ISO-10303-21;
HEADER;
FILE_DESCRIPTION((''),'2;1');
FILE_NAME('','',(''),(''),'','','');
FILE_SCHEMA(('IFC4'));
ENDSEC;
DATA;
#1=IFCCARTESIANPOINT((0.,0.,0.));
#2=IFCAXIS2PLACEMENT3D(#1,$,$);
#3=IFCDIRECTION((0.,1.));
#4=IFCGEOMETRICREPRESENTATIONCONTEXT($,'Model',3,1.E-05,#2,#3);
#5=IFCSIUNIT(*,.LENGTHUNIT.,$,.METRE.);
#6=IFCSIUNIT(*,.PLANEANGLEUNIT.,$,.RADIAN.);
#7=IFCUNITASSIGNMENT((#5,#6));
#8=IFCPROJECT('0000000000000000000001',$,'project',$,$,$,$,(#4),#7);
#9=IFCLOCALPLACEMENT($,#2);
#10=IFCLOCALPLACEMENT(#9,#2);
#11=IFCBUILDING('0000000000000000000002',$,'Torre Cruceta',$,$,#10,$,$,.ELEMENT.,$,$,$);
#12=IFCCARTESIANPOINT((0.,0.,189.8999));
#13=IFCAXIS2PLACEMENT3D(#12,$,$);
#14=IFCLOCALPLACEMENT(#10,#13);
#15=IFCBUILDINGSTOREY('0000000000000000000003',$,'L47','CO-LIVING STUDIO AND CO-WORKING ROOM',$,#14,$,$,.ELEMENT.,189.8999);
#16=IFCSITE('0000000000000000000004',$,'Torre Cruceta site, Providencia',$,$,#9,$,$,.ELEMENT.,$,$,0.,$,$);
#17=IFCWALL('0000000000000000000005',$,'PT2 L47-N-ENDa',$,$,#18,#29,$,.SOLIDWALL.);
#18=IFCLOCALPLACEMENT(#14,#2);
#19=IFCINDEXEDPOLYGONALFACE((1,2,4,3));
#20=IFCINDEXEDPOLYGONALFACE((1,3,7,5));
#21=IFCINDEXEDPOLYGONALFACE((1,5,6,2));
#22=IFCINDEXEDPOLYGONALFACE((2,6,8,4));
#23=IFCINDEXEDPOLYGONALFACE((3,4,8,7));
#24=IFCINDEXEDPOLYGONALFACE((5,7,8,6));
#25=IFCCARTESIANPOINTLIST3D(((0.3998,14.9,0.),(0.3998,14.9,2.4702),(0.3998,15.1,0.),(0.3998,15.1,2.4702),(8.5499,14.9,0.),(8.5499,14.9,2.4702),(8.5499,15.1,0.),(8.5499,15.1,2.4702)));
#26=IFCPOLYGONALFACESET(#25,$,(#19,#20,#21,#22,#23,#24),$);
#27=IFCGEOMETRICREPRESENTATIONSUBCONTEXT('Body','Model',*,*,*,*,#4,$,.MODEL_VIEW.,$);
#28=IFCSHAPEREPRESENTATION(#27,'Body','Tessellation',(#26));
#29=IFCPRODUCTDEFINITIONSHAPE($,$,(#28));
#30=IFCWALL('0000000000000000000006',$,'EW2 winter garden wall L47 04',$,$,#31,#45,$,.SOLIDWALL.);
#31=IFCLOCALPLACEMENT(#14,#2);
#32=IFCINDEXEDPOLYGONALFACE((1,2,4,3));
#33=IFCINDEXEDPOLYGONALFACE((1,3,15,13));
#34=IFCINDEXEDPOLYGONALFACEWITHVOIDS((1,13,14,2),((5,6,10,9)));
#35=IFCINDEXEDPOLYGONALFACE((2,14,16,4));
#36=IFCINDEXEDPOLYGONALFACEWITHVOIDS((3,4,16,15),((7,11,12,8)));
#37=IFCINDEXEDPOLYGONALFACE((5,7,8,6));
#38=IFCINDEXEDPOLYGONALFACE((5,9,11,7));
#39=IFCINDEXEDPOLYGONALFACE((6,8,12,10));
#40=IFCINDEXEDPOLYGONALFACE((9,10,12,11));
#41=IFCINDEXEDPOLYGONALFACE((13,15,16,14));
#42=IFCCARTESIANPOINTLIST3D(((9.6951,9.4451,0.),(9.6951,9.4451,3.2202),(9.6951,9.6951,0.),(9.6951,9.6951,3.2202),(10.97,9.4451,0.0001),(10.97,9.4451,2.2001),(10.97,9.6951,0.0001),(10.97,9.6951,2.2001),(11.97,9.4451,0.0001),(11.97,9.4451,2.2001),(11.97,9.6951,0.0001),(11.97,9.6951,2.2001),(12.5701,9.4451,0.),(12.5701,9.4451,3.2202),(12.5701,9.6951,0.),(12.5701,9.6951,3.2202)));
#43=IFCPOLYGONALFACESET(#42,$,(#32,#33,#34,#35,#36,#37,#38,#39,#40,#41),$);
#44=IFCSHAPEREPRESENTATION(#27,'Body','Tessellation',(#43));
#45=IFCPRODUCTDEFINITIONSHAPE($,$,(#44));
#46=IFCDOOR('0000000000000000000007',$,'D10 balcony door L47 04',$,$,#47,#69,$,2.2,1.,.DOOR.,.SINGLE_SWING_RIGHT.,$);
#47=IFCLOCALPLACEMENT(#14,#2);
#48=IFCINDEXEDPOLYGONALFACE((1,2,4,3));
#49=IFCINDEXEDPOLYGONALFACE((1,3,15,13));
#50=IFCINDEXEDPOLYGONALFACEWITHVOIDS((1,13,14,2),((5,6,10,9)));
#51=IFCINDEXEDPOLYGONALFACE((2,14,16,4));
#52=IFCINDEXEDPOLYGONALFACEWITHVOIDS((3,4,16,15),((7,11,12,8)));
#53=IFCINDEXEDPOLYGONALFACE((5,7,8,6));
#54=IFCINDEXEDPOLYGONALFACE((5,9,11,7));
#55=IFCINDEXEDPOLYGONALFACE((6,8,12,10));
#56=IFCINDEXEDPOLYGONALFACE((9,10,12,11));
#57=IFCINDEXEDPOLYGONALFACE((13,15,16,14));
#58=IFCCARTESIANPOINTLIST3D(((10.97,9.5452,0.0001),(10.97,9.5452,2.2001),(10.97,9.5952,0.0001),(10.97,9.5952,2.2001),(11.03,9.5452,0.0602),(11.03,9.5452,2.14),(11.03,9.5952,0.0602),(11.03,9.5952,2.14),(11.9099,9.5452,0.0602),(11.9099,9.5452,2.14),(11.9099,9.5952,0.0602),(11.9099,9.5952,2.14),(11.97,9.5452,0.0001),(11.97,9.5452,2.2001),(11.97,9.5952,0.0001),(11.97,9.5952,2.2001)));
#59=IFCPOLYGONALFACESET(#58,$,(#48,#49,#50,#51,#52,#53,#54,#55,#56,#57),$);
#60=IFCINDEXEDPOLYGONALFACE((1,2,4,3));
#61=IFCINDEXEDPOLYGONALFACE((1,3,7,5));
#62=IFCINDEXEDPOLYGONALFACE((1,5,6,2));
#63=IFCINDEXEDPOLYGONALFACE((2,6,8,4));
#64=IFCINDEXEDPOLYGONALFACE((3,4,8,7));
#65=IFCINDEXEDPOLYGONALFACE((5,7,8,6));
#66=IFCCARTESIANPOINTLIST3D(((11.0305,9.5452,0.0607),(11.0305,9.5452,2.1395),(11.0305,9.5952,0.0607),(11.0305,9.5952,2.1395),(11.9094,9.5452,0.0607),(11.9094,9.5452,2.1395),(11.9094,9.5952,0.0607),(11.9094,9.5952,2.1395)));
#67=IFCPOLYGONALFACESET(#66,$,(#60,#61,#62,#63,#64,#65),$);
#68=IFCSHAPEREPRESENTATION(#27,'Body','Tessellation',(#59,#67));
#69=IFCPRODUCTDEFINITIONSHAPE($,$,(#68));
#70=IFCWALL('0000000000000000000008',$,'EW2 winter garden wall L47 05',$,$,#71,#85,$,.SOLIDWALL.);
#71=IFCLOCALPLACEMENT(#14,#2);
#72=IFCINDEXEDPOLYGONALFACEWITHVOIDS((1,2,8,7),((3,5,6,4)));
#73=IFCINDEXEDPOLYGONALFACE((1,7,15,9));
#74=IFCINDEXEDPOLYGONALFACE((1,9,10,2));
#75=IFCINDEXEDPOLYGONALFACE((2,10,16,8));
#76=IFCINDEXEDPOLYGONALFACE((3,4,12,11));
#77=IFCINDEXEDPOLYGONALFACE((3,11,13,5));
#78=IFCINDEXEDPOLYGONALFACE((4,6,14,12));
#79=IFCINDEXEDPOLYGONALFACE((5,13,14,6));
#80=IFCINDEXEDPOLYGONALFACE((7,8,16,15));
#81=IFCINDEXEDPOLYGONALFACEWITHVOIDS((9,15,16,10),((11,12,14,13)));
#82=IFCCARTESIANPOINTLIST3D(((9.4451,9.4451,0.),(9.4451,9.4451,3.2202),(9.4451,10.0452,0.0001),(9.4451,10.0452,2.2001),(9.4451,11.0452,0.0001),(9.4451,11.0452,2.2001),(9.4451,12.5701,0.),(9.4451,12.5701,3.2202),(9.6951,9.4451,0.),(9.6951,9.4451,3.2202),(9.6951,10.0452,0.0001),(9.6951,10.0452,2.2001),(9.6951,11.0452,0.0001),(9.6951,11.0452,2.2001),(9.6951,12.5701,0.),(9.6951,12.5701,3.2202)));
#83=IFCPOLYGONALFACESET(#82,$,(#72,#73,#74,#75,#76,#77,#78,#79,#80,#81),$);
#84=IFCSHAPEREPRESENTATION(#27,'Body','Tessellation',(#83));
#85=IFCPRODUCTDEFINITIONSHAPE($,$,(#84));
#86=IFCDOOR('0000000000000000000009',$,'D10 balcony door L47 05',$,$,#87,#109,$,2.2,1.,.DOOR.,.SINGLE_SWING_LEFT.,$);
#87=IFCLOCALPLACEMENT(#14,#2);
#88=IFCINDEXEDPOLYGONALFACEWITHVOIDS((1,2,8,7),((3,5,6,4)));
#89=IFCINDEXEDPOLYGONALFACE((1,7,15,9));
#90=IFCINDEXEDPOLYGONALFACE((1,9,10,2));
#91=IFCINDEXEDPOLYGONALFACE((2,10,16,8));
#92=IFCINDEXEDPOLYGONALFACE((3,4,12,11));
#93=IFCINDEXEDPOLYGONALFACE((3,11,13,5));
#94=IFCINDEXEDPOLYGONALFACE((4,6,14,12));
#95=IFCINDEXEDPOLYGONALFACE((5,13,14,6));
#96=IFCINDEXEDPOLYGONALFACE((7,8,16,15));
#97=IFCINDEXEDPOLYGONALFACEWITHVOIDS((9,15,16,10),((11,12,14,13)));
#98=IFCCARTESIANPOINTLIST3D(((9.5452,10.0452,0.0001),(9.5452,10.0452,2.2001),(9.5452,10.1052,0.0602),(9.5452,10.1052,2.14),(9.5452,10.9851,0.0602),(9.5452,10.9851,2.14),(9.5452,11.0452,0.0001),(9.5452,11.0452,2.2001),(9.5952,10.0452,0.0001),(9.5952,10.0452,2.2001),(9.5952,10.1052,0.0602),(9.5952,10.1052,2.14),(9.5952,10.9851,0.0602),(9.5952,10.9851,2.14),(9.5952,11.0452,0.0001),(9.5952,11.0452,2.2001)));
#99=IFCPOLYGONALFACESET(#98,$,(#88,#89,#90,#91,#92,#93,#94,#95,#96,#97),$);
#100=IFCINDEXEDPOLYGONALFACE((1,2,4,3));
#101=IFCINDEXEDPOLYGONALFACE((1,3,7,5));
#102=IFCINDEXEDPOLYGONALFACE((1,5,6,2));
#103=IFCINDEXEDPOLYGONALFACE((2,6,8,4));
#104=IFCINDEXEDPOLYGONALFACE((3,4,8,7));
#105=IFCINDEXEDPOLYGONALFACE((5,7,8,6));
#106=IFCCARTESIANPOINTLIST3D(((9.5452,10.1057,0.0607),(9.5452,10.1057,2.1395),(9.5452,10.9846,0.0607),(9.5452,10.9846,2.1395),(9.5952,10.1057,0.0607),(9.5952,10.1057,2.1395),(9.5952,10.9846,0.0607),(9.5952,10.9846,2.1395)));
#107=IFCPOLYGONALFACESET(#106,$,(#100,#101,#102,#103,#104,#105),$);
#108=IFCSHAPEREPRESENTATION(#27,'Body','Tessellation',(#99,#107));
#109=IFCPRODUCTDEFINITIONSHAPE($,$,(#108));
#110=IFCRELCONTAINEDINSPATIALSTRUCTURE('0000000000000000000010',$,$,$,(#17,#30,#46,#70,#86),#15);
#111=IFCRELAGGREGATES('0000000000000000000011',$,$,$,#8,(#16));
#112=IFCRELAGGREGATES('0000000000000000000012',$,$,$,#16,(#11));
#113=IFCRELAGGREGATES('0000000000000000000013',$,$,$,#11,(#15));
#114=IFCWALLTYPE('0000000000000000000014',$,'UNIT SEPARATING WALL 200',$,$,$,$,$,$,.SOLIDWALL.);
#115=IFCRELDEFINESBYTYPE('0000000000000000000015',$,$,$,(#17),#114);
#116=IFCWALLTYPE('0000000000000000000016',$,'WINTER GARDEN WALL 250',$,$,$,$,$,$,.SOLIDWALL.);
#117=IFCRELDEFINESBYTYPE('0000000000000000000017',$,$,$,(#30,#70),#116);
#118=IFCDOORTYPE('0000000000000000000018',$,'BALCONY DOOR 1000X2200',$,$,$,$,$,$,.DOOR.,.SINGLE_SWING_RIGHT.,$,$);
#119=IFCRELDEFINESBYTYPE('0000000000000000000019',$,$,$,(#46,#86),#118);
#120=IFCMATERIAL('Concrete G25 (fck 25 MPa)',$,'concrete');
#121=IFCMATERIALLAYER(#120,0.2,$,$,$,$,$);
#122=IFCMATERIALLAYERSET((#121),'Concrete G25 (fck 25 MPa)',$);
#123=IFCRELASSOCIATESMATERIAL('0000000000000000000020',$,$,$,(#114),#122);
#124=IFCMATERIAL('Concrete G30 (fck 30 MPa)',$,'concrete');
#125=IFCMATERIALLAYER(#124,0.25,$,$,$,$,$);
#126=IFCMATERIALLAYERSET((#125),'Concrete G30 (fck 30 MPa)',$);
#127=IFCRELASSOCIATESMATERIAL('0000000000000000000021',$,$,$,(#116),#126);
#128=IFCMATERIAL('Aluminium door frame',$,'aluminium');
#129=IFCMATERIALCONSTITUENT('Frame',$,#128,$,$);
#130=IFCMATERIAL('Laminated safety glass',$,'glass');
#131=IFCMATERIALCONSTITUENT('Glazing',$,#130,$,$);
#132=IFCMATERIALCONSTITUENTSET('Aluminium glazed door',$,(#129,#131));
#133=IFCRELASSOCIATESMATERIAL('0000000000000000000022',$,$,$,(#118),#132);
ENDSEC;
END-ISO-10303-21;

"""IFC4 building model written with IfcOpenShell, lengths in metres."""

from ifc_helpers import new_model, si_unit, direction, frame, frame_2d, origin, place, context, subcontext, project, spatial, rectangle, hollow_rectangle, extrude, material, layer, layer_set, constituent, constituent_set, type_object, element, fill, save


model = new_model("IFC4")

# Units and contexts
model_context = context("Model", 3, precision=1e-05, world=origin(), true_north=direction((0.0, 1.0)))
body_context = subcontext(model_context, "Body", "Model", "MODEL_VIEW")
ifc_project = project(units=[si_unit("LENGTHUNIT", "METRE"), si_unit("PLANEANGLEUNIT", "RADIAN")], contexts=[model_context])

# Site, building, storey
site_placement = place(None, origin())
site = spatial("IfcSite", under=ifc_project, at=site_placement, Name="Torre Cruceta site, Providencia", CompositionType="ELEMENT", RefElevation=0.0)
building_placement = place(site_placement, origin())
building = spatial("IfcBuilding", under=site, at=building_placement, Name="Torre Cruceta", CompositionType="ELEMENT")
storey_placement = place(building_placement, frame((0.0, 0.0, 189.8999)))
storey = spatial("IfcBuildingStorey", under=building, at=storey_placement, Name="L47", Description="CO-LIVING STUDIO AND CO-WORKING ROOM", CompositionType="ELEMENT", Elevation=189.8999)

# Wall
ifc_material_1 = material(Name="Concrete G25 (fck 25 MPa)", Category="concrete")
ifc_layer_1 = layer(ifc_material_1, 0.2)
ifc_layer_set_1 = layer_set([ifc_layer_1], Name="Concrete G25 (fck 25 MPa)")
wall_type_1 = type_object("IfcWallType", Name="UNIT SEPARATING WALL 200", PredefinedType="SOLIDWALL", material=ifc_layer_set_1)
wall_1_placement = place(storey_placement, frame((8.55, 15.0, 0.0), z_axis=(0.0, 0.0, 1.0), x_axis=(-1.0, 0.0, 0.0)))
element("IfcWall", 1, at=wall_1_placement, inside=storey, type_object=wall_type_1, Name="PT2 L47-N-ENDa", PredefinedType="SOLIDWALL", context=body_context, shape_type="SweptSolid", body=[
    extrude(rectangle(XDim=8.1501, YDim=0.2, at=frame_2d((4.0752, 0.0))), origin(), (0.0, 0.0, 1.0), 2.4702),
])

# Walls, openings, doors
ifc_material_2 = material(Name="Concrete G30 (fck 30 MPa)", Category="concrete")
ifc_layer_2 = layer(ifc_material_2, 0.25)
ifc_layer_set_2 = layer_set([ifc_layer_2], Name="Concrete G30 (fck 30 MPa)")
wall_type_2 = type_object("IfcWallType", Name="WINTER GARDEN WALL 250", PredefinedType="SOLIDWALL", material=ifc_layer_set_2)
wall_2_placement = place(storey_placement, frame((12.5701, 9.5701, 0.0), z_axis=(0.0, 0.0, 1.0), x_axis=(-1.0, 0.0, 0.0)))
wall_2 = element("IfcWall", 2, at=wall_2_placement, inside=storey, type_object=wall_type_2, Name="EW2 winter garden wall L47 04", PredefinedType="SOLIDWALL", context=body_context, shape_type="SweptSolid", body=[
    extrude(rectangle(XDim=2.875, YDim=0.25, at=frame_2d((1.4375, 0.0))), origin(), (0.0, 0.0, 1.0), 3.2202),
])
opening_1_placement = place(wall_2_placement, frame((0.6001, 0.0, 0.0)))
opening_1 = element("IfcOpeningElement", 3, at=opening_1_placement, cuts=wall_2, PredefinedType="OPENING", context=body_context, shape_type="SweptSolid", body=[
    extrude(rectangle(XDim=1.0, YDim=2.2, at=frame_2d((0.5, 1.1001))), frame((0.0, 0.135, 0.0), z_axis=(0.0, -1.0, 0.0), x_axis=(1.0, 0.0, 0.0)), (0.0, 0.0, 1.0), 0.27),
])
ifc_material_3 = material(Name="Aluminium door frame", Category="aluminium")
ifc_constituent_1 = constituent(ifc_material_3, Name="Frame")
ifc_material_4 = material(Name="Laminated safety glass", Category="glass")
ifc_constituent_2 = constituent(ifc_material_4, Name="Glazing")
ifc_constituent_set_1 = constituent_set(constituents=[ifc_constituent_1, ifc_constituent_2], Name="Aluminium glazed door")
door_type = type_object("IfcDoorType", Name="BALCONY DOOR 1000X2200", OperationType="SINGLE_SWING_RIGHT", PredefinedType="DOOR", material=ifc_constituent_set_1)
door_1_placement = place(opening_1_placement, origin())
door_1 = element("IfcDoor", 4, at=door_1_placement, inside=storey, type_object=door_type, Name="D10 balcony door L47 04", OperationType="SINGLE_SWING_RIGHT", OverallHeight=2.2, OverallWidth=1.0, PredefinedType="DOOR", context=body_context, shape_type="SweptSolid", body=[
    extrude(hollow_rectangle(XDim=1.0, YDim=2.2, WallThickness=0.0601, at=frame_2d((0.5, 1.1001))), frame((0.0, 0.0249, 0.0), z_axis=(0.0, -1.0, 0.0), x_axis=(1.0, 0.0, 0.0)), (0.0, 0.0, 1.0), 0.05),
    extrude(rectangle(XDim=0.8789, YDim=2.0789, at=frame_2d((0.5, 1.1001))), frame((0.0, 0.0249, 0.0), z_axis=(0.0, -1.0, 0.0), x_axis=(1.0, 0.0, 0.0)), (0.0, 0.0, 1.0), 0.05),
])
fill(opening_1, door_1)
wall_3_placement = place(storey_placement, frame((9.5701, 9.4451, 0.0), z_axis=(0.0, 0.0, 1.0), x_axis=(0.0, 1.0, 0.0)))
wall_3 = element("IfcWall", 5, at=wall_3_placement, inside=storey, type_object=wall_type_2, Name="EW2 winter garden wall L47 05", PredefinedType="SOLIDWALL", context=body_context, shape_type="SweptSolid", body=[
    extrude(rectangle(XDim=3.125, YDim=0.25, at=frame_2d((1.5625, 0.0))), origin(), (0.0, 0.0, 1.0), 3.2202),
])
opening_2_placement = place(wall_3_placement, frame((0.6001, 0.0, 0.0)))
opening_2 = element("IfcOpeningElement", 6, at=opening_2_placement, cuts=wall_3, PredefinedType="OPENING", context=body_context, shape_type="SweptSolid", body=[
    extrude(rectangle(XDim=1.0, YDim=2.2, at=frame_2d((0.5, 1.1001))), frame((0.0, 0.135, 0.0), z_axis=(0.0, -1.0, 0.0), x_axis=(1.0, 0.0, 0.0)), (0.0, 0.0, 1.0), 0.27),
])
door_2_placement = place(opening_2_placement, origin())
door_2 = element("IfcDoor", 7, at=door_2_placement, inside=storey, type_object=door_type, Name="D10 balcony door L47 05", OperationType="SINGLE_SWING_LEFT", OverallHeight=2.2, OverallWidth=1.0, PredefinedType="DOOR", context=body_context, shape_type="SweptSolid", body=[
    extrude(hollow_rectangle(XDim=1.0, YDim=2.2, WallThickness=0.0601, at=frame_2d((0.5, 1.1001))), frame((0.0, 0.0249, 0.0), z_axis=(0.0, -1.0, 0.0), x_axis=(1.0, 0.0, 0.0)), (0.0, 0.0, 1.0), 0.05),
    extrude(rectangle(XDim=0.8789, YDim=2.0789, at=frame_2d((0.5, 1.1001))), frame((0.0, 0.0249, 0.0), z_axis=(0.0, -1.0, 0.0), x_axis=(1.0, 0.0, 0.0)), (0.0, 0.0, 1.0), 0.05),
])
fill(opening_2, door_2)

save(model, "model.ifc")
